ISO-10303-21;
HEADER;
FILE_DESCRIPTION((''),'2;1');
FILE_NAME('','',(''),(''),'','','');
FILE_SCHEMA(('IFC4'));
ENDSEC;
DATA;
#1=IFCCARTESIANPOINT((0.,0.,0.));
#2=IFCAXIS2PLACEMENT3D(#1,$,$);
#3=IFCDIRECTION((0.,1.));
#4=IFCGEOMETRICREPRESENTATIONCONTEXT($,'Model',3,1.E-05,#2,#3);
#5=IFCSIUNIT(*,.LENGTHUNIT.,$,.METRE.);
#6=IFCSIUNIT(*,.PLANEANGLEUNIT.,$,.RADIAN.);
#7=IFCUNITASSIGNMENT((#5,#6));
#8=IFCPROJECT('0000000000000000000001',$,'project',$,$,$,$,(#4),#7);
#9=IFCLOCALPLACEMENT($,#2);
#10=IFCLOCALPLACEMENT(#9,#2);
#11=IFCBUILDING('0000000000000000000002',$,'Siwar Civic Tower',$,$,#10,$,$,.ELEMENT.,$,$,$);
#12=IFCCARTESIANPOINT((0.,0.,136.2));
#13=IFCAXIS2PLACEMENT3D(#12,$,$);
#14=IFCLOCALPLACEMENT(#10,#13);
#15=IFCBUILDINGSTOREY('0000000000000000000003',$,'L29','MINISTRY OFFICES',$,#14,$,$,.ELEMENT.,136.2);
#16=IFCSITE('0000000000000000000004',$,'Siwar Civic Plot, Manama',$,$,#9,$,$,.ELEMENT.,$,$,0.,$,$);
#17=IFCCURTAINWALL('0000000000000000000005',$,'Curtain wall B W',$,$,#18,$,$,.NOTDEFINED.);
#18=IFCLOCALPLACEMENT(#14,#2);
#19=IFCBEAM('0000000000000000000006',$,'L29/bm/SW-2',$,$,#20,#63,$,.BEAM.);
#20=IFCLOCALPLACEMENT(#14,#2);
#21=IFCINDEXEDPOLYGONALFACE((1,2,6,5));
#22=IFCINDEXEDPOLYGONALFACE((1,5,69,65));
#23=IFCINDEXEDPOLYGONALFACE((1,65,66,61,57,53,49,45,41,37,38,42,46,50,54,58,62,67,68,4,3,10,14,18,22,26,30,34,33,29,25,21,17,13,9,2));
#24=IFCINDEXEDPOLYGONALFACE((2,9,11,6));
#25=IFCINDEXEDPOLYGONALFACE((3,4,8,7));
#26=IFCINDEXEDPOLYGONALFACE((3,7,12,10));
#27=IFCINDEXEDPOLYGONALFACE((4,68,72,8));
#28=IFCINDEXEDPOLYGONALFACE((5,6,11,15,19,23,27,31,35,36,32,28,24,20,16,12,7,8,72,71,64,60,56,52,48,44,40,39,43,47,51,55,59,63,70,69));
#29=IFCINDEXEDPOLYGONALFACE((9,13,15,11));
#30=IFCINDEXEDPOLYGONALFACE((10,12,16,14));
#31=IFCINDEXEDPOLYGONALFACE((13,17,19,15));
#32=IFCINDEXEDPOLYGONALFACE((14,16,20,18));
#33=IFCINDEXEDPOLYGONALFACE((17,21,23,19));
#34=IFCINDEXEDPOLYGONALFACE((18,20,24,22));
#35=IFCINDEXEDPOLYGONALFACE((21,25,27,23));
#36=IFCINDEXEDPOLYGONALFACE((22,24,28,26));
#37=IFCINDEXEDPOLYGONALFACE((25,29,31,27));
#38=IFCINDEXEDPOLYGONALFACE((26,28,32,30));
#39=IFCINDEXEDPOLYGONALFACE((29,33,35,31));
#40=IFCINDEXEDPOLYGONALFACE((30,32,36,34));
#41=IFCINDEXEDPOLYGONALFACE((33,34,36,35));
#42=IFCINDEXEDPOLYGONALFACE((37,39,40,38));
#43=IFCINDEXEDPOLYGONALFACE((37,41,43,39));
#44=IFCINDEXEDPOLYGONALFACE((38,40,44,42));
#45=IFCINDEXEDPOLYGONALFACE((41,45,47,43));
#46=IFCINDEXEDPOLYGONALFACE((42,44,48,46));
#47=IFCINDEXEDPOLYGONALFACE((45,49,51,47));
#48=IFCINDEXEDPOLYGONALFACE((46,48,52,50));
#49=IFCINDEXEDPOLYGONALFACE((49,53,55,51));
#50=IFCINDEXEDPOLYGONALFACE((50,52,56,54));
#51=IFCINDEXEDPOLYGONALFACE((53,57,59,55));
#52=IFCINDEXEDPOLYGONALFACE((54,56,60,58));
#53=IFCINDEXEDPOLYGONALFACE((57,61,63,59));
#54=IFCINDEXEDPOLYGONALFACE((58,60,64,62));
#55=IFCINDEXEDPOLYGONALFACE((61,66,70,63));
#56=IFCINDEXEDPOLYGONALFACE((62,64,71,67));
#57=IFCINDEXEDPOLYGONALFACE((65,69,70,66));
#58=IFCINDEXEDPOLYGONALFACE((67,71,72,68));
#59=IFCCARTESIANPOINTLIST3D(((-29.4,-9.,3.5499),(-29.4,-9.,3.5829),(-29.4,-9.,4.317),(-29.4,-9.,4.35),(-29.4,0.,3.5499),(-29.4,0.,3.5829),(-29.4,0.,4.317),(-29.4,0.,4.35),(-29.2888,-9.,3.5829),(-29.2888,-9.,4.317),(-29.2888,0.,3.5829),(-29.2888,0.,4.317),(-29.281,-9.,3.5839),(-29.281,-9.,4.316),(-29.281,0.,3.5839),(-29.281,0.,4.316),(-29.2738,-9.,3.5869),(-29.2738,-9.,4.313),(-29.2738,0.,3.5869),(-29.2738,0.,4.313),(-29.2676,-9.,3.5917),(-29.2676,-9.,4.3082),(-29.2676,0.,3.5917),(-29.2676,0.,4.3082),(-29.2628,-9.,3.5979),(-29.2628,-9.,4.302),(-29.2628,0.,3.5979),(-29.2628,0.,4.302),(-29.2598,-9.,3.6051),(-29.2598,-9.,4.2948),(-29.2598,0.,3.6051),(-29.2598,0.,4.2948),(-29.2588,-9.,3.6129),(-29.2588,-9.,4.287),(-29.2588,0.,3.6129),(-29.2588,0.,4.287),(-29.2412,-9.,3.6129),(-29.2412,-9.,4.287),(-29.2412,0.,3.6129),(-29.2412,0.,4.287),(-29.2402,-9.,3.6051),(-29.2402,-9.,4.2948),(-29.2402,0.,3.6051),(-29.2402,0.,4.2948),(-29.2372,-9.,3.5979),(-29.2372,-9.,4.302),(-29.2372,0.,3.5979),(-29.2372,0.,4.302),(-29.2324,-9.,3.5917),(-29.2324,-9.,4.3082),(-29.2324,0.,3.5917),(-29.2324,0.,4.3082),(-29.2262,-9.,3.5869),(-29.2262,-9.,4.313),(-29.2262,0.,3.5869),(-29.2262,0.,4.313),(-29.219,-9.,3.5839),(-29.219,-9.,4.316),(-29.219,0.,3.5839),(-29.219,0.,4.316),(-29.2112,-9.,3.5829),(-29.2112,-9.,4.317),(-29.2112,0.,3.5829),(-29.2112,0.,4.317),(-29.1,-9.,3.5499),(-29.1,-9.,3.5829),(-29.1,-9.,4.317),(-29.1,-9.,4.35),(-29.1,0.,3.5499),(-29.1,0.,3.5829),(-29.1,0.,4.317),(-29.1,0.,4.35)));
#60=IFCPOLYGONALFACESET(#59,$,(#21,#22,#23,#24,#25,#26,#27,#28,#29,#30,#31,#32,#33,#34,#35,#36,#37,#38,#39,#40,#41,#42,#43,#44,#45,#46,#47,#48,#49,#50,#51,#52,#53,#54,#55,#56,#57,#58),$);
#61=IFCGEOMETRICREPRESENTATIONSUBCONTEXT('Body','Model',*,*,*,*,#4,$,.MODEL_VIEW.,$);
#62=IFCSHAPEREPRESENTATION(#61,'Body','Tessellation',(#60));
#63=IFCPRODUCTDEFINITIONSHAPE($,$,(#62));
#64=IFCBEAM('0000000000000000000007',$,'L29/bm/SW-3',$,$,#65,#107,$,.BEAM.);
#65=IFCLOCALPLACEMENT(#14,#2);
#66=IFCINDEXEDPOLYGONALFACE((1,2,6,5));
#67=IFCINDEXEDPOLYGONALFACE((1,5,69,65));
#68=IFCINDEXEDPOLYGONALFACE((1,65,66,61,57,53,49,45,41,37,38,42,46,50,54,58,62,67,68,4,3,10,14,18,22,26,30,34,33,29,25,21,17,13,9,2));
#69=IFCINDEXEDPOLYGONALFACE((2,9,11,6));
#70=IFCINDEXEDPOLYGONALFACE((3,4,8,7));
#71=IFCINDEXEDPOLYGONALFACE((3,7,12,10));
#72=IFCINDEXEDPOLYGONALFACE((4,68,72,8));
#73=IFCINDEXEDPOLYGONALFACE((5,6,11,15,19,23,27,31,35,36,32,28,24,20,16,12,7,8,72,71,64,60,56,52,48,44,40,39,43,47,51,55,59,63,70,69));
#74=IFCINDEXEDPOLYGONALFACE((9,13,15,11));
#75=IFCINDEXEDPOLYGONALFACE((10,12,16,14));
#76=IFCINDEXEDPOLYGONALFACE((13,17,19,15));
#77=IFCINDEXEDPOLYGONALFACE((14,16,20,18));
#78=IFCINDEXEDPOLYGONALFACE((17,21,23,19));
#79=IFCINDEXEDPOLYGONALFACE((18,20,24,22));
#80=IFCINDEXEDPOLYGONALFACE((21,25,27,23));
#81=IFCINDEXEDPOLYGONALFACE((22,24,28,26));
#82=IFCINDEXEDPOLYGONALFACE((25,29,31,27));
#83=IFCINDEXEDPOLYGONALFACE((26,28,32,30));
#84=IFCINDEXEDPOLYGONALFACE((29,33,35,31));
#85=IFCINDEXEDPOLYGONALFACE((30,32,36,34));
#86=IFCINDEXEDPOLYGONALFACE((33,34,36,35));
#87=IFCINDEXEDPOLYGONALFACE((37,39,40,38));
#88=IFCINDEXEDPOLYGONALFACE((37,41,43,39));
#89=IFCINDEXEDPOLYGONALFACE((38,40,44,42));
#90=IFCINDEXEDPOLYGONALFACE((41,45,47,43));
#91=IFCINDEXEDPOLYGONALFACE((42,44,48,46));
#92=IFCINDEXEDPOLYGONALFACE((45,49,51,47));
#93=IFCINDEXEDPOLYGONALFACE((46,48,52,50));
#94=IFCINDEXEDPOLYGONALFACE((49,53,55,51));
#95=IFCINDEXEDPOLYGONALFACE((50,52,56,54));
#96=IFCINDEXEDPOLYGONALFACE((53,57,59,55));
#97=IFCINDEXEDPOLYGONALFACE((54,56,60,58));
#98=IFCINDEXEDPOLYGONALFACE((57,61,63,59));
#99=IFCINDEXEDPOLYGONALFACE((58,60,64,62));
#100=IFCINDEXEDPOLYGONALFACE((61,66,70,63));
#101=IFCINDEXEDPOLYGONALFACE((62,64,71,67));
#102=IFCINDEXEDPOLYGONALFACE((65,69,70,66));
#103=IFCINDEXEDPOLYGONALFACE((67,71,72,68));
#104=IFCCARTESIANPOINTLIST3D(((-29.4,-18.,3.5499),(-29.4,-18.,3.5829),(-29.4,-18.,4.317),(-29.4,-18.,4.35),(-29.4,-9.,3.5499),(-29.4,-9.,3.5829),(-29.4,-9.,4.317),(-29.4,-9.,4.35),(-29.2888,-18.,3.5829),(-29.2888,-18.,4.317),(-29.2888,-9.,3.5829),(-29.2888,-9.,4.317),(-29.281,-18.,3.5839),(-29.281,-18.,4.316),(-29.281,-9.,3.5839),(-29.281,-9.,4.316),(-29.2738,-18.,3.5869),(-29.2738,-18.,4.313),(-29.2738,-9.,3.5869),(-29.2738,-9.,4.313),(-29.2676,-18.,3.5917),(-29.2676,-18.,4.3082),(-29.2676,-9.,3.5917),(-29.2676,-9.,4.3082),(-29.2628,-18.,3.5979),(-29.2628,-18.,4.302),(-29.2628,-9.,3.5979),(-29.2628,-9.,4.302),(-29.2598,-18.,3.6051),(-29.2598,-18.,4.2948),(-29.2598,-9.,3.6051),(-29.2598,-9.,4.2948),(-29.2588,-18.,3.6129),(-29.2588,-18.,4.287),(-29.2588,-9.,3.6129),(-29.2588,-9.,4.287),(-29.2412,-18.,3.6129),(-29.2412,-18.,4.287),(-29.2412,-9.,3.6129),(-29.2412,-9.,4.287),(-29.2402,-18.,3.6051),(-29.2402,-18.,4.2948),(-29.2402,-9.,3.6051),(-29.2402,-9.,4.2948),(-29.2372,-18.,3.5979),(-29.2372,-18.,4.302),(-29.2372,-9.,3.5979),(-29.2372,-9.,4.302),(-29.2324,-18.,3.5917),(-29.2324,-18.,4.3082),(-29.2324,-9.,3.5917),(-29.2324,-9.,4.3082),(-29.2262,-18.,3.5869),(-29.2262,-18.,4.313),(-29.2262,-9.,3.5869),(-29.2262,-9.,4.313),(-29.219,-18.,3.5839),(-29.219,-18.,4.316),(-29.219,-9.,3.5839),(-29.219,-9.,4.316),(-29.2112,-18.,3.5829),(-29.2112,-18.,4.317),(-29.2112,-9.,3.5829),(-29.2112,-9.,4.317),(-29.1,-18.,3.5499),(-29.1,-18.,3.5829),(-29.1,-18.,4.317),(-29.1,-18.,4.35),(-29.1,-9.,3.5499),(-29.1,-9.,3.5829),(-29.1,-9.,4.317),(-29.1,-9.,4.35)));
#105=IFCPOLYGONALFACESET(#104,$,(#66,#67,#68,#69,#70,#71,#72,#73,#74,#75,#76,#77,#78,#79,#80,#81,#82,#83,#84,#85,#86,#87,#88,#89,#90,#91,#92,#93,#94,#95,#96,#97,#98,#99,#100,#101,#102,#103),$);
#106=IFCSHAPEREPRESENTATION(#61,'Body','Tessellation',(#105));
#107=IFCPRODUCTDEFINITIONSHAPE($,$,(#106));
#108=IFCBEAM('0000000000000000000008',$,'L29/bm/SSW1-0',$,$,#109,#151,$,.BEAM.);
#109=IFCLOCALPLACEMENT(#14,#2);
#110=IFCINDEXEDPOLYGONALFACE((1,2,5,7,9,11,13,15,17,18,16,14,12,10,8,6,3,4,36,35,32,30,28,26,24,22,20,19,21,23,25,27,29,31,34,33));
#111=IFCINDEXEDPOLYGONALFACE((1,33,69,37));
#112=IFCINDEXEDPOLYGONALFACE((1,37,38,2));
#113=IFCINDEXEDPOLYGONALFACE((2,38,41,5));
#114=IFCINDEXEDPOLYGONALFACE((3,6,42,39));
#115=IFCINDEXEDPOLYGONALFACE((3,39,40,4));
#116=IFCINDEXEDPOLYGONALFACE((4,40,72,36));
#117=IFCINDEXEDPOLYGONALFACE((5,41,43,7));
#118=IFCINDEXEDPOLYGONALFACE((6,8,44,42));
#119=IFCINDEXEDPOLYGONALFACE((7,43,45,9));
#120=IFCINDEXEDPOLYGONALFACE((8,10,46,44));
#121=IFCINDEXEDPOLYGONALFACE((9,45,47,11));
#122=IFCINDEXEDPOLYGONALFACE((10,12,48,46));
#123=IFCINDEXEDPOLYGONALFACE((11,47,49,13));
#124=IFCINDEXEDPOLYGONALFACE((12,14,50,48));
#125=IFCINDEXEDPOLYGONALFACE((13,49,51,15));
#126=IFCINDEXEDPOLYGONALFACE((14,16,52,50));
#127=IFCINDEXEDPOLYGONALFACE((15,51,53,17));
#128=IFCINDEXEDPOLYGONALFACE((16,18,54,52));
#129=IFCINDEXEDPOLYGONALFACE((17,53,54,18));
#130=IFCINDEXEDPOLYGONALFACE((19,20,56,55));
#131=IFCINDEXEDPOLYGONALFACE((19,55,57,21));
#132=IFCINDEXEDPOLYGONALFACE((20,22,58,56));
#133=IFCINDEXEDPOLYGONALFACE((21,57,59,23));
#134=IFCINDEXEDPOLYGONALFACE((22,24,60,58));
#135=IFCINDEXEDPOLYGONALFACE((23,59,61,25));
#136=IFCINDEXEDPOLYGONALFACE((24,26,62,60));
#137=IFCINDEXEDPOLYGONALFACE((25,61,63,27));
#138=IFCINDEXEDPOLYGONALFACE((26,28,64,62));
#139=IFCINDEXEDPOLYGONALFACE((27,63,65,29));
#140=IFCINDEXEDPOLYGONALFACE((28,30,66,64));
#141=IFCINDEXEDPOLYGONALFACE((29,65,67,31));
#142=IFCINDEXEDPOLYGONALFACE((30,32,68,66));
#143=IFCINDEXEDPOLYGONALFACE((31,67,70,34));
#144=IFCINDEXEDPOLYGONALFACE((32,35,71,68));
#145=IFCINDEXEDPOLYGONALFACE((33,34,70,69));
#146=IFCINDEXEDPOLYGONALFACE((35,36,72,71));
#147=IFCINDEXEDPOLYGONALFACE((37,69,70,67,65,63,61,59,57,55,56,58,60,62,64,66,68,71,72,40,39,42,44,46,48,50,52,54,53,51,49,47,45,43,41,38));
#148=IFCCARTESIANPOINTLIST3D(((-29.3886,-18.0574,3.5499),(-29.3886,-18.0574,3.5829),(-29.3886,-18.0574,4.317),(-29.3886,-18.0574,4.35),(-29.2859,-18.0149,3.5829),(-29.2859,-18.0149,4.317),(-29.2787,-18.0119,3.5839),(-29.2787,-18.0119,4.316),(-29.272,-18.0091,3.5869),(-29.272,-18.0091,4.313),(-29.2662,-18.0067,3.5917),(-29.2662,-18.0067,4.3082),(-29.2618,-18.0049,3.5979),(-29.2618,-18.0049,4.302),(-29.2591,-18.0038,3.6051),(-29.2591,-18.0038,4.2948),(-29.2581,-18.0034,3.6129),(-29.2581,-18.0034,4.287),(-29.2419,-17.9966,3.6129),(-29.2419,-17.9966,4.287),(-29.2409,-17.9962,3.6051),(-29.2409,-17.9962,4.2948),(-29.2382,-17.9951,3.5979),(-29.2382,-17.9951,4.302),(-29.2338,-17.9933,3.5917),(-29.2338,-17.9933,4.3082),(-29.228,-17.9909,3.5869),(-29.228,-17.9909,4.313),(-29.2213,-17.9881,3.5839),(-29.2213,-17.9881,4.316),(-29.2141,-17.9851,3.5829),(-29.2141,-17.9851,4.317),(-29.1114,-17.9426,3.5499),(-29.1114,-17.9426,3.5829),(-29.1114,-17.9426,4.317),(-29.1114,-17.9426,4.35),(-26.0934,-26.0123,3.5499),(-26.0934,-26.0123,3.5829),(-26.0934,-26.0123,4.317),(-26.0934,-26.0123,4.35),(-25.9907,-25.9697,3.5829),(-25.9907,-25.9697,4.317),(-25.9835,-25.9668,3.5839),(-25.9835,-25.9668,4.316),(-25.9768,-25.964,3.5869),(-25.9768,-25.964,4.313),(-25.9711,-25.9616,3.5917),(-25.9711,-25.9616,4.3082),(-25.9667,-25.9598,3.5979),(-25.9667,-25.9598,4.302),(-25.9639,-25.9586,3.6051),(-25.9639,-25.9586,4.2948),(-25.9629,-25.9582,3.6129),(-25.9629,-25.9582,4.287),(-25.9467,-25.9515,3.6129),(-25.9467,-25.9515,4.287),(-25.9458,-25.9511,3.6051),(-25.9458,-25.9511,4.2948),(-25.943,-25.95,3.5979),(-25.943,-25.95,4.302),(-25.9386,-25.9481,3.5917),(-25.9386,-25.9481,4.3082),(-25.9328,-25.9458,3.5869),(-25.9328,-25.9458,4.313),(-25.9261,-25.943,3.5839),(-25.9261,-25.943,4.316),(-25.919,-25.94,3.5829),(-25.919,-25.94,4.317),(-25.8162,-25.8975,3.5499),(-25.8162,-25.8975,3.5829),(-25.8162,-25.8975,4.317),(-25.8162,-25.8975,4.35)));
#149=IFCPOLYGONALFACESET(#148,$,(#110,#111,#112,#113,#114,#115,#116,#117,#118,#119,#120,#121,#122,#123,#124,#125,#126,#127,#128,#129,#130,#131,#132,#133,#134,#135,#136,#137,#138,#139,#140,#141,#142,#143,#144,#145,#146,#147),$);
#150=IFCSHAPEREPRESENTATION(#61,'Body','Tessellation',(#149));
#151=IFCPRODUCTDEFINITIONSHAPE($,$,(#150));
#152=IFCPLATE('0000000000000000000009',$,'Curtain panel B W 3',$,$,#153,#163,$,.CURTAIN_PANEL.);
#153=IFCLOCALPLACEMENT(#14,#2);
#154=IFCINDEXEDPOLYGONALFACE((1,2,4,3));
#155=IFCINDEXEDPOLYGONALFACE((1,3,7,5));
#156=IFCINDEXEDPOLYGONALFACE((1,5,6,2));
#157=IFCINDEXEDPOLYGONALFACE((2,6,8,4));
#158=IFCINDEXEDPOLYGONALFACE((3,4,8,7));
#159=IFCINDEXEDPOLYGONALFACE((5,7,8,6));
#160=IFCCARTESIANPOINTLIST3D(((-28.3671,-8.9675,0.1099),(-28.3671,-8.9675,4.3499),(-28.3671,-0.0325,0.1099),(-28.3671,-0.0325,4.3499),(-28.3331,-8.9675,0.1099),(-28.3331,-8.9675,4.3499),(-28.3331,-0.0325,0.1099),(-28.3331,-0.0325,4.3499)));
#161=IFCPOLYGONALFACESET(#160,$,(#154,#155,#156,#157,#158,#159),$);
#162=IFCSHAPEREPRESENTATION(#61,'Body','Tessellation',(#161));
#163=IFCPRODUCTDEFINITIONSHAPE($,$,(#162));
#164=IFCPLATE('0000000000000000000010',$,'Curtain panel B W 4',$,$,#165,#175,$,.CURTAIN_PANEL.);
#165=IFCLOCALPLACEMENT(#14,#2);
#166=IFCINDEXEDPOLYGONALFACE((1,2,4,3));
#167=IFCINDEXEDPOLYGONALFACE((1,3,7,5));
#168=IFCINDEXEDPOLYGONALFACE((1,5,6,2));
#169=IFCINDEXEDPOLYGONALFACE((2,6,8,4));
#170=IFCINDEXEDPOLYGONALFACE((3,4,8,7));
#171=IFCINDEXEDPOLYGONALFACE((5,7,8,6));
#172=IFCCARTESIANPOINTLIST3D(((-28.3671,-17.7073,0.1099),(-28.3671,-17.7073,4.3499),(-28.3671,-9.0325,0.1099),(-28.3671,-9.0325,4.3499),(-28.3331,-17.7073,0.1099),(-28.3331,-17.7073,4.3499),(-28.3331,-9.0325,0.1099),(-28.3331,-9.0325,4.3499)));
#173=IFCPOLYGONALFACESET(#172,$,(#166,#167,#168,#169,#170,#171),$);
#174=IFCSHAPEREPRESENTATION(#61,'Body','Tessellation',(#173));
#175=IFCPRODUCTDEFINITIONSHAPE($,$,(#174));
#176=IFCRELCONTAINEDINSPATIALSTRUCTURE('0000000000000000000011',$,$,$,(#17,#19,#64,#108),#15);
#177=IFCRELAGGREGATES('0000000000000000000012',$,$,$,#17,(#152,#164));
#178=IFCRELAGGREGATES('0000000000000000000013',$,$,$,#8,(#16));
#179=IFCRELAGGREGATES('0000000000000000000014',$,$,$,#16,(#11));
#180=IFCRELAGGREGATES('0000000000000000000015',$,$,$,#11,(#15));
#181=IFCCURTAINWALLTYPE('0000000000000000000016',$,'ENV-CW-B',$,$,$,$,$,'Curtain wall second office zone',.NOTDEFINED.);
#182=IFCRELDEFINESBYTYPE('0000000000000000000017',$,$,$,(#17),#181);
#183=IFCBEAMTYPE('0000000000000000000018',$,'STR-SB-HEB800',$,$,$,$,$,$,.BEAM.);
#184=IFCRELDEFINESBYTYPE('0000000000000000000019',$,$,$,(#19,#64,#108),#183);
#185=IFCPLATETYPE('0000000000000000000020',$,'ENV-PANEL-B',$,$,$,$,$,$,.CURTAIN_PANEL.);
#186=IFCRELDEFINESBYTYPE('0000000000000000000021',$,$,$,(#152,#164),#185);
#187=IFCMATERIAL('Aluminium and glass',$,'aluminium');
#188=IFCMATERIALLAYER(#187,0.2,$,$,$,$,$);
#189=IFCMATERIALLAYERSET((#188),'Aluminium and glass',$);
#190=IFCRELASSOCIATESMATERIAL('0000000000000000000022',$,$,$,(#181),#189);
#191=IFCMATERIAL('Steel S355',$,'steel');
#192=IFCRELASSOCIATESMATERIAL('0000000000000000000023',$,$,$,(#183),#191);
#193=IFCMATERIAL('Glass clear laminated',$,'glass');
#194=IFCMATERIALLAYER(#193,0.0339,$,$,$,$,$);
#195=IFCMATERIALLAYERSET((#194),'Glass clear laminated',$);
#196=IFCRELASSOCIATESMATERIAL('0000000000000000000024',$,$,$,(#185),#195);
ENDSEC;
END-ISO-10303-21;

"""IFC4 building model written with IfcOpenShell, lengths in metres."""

from ifc_helpers import new_model, si_unit, direction, frame, origin, origin_2d, place, context, subcontext, project, spatial, rectangle, i_section, extrude, material, layer, layer_set, material_profile, profile_set, type_object, element, aggregate, save


model = new_model("IFC4")

# Units and contexts
model_context = context("Model", 3, precision=1e-05, world=origin(), true_north=direction((0.0, 1.0)))
body_context = subcontext(model_context, "Body", "Model", "MODEL_VIEW")
ifc_project = project(units=[si_unit("LENGTHUNIT", "METRE"), si_unit("PLANEANGLEUNIT", "RADIAN")], contexts=[model_context])

# Site, building, storey
site_placement = place(None, origin())
site = spatial("IfcSite", under=ifc_project, at=site_placement, Name="Siwar Civic Plot, Manama", CompositionType="ELEMENT", RefElevation=0.0)
building_placement = place(site_placement, origin())
building = spatial("IfcBuilding", under=site, at=building_placement, Name="Siwar Civic Tower", CompositionType="ELEMENT")
storey_placement = place(building_placement, frame((0.0, 0.0, 136.2)))
storey = spatial("IfcBuildingStorey", under=building, at=storey_placement, Name="L29", Description="MINISTRY OFFICES", CompositionType="ELEMENT", Elevation=136.2)

# Curtain wall
ifc_material_1 = material(Name="Aluminium and glass", Category="aluminium")
ifc_layer_1 = layer(ifc_material_1, 0.2)
ifc_layer_set_1 = layer_set([ifc_layer_1], Name="Aluminium and glass")
curtain_wall_type_1 = type_object("IfcCurtainWallType", Name="ENV-CW-B", ElementType="Curtain wall second office zone", PredefinedType="NOTDEFINED", material=ifc_layer_set_1)
curtain_wall_1_placement = place(storey_placement, origin())
curtain_wall_1 = element("IfcCurtainWall", 1, at=curtain_wall_1_placement, inside=storey, type_object=curtain_wall_type_1, Name="Curtain wall B W", PredefinedType="NOTDEFINED")

# Beams
ifc_material_2 = material(Name="Steel S355", Category="steel")
ifc_material_profile_1 = material_profile(ifc_material_2, i_section(OverallWidth=0.3, OverallDepth=0.8, WebThickness=0.0176, FlangeThickness=0.033, FilletRadius=0.03, at=origin_2d()), Name="HEB800")
ifc_profile_set_1 = profile_set([ifc_material_profile_1], Name="Steel S355")
beam_type_1 = type_object("IfcBeamType", Name="STR-SB-HEB800", PredefinedType="BEAM", material=ifc_profile_set_1)
for number, where, z_axis, x_axis, name in (
    (2, (-29.25, 0.0, 3.95), (0.0, -1.0, 0.0), (1.0, 0.0, 0.0), "L29/bm/SW-2"),
    (3, (-29.25, -9.0, 3.95), (0.0, -1.0, 0.0), (1.0, 0.0, 0.0), "L29/bm/SW-3"),
):
    element("IfcBeam", number, at=place(storey_placement, frame(where, z_axis=z_axis, x_axis=x_axis)), inside=storey, type_object=beam_type_1, Name=name, PredefinedType="BEAM", context=body_context, shape_type="SweptSolid", body=[
        extrude(i_section(OverallWidth=0.3, OverallDepth=0.8, WebThickness=0.0176, FlangeThickness=0.033, FilletRadius=0.03, at=origin_2d()), origin(), (0.0, 0.0, 1.0), 9.0),
    ])
beam_1_placement = place(storey_placement, frame((-29.25, -18.0, 3.95), z_axis=(0.3827, -0.923873, 0.0), x_axis=(0.923873, 0.3827, 0.0)))
element("IfcBeam", 4, at=beam_1_placement, inside=storey, type_object=beam_type_1, Name="L29/bm/SSW1-0", PredefinedType="BEAM", context=body_context, shape_type="SweptSolid", body=[
    extrude(i_section(OverallWidth=0.3, OverallDepth=0.8, WebThickness=0.0176, FlangeThickness=0.033, FilletRadius=0.03, at=origin_2d()), origin(), (0.0, 0.0, 1.0), 8.6104),
])

# Plates
ifc_material_3 = material(Name="Glass clear laminated", Category="glass")
ifc_layer_2 = layer(ifc_material_3, 0.0339)
ifc_layer_set_2 = layer_set([ifc_layer_2], Name="Glass clear laminated")
plate_type = type_object("IfcPlateType", Name="ENV-PANEL-B", PredefinedType="CURTAIN_PANEL", material=ifc_layer_set_2)
plate_1_placement = place(storey_placement, frame((-28.3501, -4.5, 0.1099), z_axis=(0.0, 0.0, 1.0), x_axis=(0.0, -1.0, 0.0)))
plate_1 = element("IfcPlate", 5, at=plate_1_placement, type_object=plate_type, Name="Curtain panel B W 3", PredefinedType="CURTAIN_PANEL", context=body_context, shape_type="SweptSolid", body=[
    extrude(rectangle(XDim=8.9351, YDim=0.0339, at=origin_2d()), origin(), (0.0, 0.0, 1.0), 4.24),
])
plate_2_placement = place(storey_placement, frame((-28.3501, -13.3699, 0.1099), z_axis=(0.0, 0.0, 1.0), x_axis=(0.0, -1.0, 0.0)))
plate_2 = element("IfcPlate", 6, at=plate_2_placement, type_object=plate_type, Name="Curtain panel B W 4", PredefinedType="CURTAIN_PANEL", context=body_context, shape_type="SweptSolid", body=[
    extrude(rectangle(XDim=8.6748, YDim=0.0339, at=origin_2d()), origin(), (0.0, 0.0, 1.0), 4.24),
])
aggregate(curtain_wall_1, [plate_1, plate_2])

save(model, "model.ifc")
